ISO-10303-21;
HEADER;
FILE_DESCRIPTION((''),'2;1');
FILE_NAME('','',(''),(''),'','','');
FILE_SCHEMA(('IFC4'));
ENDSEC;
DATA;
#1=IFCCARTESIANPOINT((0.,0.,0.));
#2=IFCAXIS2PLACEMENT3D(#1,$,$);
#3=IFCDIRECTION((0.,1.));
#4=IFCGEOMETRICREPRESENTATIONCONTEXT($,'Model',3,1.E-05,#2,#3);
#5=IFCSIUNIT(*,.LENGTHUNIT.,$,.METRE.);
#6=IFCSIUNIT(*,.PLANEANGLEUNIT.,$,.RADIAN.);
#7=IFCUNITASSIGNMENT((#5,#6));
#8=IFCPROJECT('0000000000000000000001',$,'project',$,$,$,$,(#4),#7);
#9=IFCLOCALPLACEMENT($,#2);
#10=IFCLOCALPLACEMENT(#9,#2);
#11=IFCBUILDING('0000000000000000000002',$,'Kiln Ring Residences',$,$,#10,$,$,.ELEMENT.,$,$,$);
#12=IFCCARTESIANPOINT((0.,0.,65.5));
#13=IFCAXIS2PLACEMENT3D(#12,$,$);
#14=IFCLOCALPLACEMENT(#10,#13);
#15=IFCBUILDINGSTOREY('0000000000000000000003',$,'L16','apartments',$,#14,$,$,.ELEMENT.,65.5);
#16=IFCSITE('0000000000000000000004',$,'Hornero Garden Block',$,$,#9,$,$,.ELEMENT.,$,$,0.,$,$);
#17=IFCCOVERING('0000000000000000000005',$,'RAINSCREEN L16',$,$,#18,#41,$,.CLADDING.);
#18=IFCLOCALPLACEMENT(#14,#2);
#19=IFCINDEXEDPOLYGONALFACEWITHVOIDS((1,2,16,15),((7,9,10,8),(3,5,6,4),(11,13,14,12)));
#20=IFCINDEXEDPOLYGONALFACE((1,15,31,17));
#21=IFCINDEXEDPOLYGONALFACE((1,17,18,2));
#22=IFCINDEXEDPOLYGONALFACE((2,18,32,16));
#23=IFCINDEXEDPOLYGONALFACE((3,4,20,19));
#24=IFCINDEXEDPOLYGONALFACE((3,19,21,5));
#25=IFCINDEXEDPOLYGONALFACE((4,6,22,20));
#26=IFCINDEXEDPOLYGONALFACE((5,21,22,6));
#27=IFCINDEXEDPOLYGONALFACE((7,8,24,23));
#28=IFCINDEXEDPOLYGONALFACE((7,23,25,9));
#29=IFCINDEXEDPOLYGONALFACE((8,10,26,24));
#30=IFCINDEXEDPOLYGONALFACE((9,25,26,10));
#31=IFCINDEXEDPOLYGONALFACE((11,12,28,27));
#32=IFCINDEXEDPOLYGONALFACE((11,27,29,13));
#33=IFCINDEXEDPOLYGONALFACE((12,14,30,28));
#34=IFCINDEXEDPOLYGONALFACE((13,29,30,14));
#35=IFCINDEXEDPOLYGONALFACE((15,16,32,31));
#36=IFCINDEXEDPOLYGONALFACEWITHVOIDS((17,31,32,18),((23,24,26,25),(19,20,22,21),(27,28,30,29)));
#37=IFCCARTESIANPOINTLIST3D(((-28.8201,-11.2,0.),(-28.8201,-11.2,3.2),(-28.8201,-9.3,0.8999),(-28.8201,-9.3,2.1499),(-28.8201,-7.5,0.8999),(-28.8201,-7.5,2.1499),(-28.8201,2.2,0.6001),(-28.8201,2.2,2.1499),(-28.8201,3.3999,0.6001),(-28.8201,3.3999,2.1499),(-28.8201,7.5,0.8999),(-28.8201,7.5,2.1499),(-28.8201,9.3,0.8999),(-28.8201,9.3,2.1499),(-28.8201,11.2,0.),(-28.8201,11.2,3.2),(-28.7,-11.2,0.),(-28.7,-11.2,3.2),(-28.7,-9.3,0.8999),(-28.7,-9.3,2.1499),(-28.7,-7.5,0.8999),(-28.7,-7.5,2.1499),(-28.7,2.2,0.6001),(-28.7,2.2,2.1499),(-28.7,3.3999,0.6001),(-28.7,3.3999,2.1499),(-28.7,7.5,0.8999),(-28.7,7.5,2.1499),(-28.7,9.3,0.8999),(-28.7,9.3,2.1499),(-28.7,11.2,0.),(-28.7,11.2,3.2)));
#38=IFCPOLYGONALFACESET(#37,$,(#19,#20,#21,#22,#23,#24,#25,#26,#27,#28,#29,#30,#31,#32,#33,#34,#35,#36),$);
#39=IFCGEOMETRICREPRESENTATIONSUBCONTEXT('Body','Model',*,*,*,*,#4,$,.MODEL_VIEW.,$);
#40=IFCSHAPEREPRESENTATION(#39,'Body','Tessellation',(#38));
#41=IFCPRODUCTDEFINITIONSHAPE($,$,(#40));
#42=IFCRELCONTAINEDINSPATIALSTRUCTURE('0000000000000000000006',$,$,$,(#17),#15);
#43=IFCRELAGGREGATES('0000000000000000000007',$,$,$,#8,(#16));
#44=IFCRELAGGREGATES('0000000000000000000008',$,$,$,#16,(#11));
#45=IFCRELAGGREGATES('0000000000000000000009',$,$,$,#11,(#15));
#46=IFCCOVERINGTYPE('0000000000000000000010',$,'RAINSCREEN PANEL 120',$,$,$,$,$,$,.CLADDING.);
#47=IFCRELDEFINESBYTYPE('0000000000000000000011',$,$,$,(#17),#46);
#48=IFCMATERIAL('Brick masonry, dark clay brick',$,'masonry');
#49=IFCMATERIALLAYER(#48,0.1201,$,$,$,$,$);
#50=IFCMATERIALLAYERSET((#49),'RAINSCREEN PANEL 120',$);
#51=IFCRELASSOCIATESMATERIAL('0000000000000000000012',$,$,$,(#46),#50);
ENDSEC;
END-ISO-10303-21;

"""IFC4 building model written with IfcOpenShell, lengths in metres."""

from ifc_helpers import new_model, si_unit, direction, frame, origin, place, context, subcontext, project, spatial, polyline, outline, extrude, material, layer, layer_set, type_object, element, save


model = new_model("IFC4")

# Units and contexts
model_context = context("Model", 3, precision=1e-05, world=origin(), true_north=direction((0.0, 1.0)))
body_context = subcontext(model_context, "Body", "Model", "MODEL_VIEW")
ifc_project = project(units=[si_unit("LENGTHUNIT", "METRE"), si_unit("PLANEANGLEUNIT", "RADIAN")], contexts=[model_context])

# Site, building, storey
site_placement = place(None, origin())
site = spatial("IfcSite", under=ifc_project, at=site_placement, Name="Hornero Garden Block", CompositionType="ELEMENT", RefElevation=0.0)
building_placement = place(site_placement, origin())
building = spatial("IfcBuilding", under=site, at=building_placement, Name="Kiln Ring Residences", CompositionType="ELEMENT")
storey_placement = place(building_placement, frame((0.0, 0.0, 65.5)))
storey = spatial("IfcBuildingStorey", under=building, at=storey_placement, Name="L16", Description="apartments", CompositionType="ELEMENT", Elevation=65.5)

# Covering
ifc_material_1 = material(Name="Brick masonry, dark clay brick", Category="masonry")
ifc_layer_1 = layer(ifc_material_1, 0.1201)
ifc_layer_set_1 = layer_set([ifc_layer_1], Name="RAINSCREEN PANEL 120")
covering_type = type_object("IfcCoveringType", Name="RAINSCREEN PANEL 120", PredefinedType="CLADDING", material=ifc_layer_set_1)
covering_placement = place(storey_placement, frame((-28.76, 11.2, 0.0), z_axis=(0.0, 0.0, 1.0), x_axis=(0.0, -1.0, 0.0)))
element("IfcCovering", 1, at=covering_placement, inside=storey, type_object=covering_type, Name="RAINSCREEN L16", PredefinedType="CLADDING", context=body_context, shape_type="SweptSolid", body=[
    extrude(outline(polyline([(0.0, 0.0), (22.3999, 0.0), (22.3999, 3.2), (0.0, 3.2), (0.0, 0.0)]), holes=[polyline([(9.0, 2.1499), (7.8, 2.1499), (7.8, 0.6001), (9.0, 0.6001), (9.0, 2.1499)]), polyline([(3.7, 0.8999), (3.7, 2.1499), (1.8999, 2.1499), (1.8999, 0.8999), (3.7, 0.8999)]), polyline([(20.5, 0.8999), (20.5, 2.1499), (18.7, 2.1499), (18.7, 0.8999), (20.5, 0.8999)])]), frame((0.0, 0.0601, 0.0), z_axis=(0.0, -1.0, 0.0), x_axis=(1.0, 0.0, 0.0)), (0.0, 0.0, 1.0), 0.1201),
])

save(model, "model.ifc")
